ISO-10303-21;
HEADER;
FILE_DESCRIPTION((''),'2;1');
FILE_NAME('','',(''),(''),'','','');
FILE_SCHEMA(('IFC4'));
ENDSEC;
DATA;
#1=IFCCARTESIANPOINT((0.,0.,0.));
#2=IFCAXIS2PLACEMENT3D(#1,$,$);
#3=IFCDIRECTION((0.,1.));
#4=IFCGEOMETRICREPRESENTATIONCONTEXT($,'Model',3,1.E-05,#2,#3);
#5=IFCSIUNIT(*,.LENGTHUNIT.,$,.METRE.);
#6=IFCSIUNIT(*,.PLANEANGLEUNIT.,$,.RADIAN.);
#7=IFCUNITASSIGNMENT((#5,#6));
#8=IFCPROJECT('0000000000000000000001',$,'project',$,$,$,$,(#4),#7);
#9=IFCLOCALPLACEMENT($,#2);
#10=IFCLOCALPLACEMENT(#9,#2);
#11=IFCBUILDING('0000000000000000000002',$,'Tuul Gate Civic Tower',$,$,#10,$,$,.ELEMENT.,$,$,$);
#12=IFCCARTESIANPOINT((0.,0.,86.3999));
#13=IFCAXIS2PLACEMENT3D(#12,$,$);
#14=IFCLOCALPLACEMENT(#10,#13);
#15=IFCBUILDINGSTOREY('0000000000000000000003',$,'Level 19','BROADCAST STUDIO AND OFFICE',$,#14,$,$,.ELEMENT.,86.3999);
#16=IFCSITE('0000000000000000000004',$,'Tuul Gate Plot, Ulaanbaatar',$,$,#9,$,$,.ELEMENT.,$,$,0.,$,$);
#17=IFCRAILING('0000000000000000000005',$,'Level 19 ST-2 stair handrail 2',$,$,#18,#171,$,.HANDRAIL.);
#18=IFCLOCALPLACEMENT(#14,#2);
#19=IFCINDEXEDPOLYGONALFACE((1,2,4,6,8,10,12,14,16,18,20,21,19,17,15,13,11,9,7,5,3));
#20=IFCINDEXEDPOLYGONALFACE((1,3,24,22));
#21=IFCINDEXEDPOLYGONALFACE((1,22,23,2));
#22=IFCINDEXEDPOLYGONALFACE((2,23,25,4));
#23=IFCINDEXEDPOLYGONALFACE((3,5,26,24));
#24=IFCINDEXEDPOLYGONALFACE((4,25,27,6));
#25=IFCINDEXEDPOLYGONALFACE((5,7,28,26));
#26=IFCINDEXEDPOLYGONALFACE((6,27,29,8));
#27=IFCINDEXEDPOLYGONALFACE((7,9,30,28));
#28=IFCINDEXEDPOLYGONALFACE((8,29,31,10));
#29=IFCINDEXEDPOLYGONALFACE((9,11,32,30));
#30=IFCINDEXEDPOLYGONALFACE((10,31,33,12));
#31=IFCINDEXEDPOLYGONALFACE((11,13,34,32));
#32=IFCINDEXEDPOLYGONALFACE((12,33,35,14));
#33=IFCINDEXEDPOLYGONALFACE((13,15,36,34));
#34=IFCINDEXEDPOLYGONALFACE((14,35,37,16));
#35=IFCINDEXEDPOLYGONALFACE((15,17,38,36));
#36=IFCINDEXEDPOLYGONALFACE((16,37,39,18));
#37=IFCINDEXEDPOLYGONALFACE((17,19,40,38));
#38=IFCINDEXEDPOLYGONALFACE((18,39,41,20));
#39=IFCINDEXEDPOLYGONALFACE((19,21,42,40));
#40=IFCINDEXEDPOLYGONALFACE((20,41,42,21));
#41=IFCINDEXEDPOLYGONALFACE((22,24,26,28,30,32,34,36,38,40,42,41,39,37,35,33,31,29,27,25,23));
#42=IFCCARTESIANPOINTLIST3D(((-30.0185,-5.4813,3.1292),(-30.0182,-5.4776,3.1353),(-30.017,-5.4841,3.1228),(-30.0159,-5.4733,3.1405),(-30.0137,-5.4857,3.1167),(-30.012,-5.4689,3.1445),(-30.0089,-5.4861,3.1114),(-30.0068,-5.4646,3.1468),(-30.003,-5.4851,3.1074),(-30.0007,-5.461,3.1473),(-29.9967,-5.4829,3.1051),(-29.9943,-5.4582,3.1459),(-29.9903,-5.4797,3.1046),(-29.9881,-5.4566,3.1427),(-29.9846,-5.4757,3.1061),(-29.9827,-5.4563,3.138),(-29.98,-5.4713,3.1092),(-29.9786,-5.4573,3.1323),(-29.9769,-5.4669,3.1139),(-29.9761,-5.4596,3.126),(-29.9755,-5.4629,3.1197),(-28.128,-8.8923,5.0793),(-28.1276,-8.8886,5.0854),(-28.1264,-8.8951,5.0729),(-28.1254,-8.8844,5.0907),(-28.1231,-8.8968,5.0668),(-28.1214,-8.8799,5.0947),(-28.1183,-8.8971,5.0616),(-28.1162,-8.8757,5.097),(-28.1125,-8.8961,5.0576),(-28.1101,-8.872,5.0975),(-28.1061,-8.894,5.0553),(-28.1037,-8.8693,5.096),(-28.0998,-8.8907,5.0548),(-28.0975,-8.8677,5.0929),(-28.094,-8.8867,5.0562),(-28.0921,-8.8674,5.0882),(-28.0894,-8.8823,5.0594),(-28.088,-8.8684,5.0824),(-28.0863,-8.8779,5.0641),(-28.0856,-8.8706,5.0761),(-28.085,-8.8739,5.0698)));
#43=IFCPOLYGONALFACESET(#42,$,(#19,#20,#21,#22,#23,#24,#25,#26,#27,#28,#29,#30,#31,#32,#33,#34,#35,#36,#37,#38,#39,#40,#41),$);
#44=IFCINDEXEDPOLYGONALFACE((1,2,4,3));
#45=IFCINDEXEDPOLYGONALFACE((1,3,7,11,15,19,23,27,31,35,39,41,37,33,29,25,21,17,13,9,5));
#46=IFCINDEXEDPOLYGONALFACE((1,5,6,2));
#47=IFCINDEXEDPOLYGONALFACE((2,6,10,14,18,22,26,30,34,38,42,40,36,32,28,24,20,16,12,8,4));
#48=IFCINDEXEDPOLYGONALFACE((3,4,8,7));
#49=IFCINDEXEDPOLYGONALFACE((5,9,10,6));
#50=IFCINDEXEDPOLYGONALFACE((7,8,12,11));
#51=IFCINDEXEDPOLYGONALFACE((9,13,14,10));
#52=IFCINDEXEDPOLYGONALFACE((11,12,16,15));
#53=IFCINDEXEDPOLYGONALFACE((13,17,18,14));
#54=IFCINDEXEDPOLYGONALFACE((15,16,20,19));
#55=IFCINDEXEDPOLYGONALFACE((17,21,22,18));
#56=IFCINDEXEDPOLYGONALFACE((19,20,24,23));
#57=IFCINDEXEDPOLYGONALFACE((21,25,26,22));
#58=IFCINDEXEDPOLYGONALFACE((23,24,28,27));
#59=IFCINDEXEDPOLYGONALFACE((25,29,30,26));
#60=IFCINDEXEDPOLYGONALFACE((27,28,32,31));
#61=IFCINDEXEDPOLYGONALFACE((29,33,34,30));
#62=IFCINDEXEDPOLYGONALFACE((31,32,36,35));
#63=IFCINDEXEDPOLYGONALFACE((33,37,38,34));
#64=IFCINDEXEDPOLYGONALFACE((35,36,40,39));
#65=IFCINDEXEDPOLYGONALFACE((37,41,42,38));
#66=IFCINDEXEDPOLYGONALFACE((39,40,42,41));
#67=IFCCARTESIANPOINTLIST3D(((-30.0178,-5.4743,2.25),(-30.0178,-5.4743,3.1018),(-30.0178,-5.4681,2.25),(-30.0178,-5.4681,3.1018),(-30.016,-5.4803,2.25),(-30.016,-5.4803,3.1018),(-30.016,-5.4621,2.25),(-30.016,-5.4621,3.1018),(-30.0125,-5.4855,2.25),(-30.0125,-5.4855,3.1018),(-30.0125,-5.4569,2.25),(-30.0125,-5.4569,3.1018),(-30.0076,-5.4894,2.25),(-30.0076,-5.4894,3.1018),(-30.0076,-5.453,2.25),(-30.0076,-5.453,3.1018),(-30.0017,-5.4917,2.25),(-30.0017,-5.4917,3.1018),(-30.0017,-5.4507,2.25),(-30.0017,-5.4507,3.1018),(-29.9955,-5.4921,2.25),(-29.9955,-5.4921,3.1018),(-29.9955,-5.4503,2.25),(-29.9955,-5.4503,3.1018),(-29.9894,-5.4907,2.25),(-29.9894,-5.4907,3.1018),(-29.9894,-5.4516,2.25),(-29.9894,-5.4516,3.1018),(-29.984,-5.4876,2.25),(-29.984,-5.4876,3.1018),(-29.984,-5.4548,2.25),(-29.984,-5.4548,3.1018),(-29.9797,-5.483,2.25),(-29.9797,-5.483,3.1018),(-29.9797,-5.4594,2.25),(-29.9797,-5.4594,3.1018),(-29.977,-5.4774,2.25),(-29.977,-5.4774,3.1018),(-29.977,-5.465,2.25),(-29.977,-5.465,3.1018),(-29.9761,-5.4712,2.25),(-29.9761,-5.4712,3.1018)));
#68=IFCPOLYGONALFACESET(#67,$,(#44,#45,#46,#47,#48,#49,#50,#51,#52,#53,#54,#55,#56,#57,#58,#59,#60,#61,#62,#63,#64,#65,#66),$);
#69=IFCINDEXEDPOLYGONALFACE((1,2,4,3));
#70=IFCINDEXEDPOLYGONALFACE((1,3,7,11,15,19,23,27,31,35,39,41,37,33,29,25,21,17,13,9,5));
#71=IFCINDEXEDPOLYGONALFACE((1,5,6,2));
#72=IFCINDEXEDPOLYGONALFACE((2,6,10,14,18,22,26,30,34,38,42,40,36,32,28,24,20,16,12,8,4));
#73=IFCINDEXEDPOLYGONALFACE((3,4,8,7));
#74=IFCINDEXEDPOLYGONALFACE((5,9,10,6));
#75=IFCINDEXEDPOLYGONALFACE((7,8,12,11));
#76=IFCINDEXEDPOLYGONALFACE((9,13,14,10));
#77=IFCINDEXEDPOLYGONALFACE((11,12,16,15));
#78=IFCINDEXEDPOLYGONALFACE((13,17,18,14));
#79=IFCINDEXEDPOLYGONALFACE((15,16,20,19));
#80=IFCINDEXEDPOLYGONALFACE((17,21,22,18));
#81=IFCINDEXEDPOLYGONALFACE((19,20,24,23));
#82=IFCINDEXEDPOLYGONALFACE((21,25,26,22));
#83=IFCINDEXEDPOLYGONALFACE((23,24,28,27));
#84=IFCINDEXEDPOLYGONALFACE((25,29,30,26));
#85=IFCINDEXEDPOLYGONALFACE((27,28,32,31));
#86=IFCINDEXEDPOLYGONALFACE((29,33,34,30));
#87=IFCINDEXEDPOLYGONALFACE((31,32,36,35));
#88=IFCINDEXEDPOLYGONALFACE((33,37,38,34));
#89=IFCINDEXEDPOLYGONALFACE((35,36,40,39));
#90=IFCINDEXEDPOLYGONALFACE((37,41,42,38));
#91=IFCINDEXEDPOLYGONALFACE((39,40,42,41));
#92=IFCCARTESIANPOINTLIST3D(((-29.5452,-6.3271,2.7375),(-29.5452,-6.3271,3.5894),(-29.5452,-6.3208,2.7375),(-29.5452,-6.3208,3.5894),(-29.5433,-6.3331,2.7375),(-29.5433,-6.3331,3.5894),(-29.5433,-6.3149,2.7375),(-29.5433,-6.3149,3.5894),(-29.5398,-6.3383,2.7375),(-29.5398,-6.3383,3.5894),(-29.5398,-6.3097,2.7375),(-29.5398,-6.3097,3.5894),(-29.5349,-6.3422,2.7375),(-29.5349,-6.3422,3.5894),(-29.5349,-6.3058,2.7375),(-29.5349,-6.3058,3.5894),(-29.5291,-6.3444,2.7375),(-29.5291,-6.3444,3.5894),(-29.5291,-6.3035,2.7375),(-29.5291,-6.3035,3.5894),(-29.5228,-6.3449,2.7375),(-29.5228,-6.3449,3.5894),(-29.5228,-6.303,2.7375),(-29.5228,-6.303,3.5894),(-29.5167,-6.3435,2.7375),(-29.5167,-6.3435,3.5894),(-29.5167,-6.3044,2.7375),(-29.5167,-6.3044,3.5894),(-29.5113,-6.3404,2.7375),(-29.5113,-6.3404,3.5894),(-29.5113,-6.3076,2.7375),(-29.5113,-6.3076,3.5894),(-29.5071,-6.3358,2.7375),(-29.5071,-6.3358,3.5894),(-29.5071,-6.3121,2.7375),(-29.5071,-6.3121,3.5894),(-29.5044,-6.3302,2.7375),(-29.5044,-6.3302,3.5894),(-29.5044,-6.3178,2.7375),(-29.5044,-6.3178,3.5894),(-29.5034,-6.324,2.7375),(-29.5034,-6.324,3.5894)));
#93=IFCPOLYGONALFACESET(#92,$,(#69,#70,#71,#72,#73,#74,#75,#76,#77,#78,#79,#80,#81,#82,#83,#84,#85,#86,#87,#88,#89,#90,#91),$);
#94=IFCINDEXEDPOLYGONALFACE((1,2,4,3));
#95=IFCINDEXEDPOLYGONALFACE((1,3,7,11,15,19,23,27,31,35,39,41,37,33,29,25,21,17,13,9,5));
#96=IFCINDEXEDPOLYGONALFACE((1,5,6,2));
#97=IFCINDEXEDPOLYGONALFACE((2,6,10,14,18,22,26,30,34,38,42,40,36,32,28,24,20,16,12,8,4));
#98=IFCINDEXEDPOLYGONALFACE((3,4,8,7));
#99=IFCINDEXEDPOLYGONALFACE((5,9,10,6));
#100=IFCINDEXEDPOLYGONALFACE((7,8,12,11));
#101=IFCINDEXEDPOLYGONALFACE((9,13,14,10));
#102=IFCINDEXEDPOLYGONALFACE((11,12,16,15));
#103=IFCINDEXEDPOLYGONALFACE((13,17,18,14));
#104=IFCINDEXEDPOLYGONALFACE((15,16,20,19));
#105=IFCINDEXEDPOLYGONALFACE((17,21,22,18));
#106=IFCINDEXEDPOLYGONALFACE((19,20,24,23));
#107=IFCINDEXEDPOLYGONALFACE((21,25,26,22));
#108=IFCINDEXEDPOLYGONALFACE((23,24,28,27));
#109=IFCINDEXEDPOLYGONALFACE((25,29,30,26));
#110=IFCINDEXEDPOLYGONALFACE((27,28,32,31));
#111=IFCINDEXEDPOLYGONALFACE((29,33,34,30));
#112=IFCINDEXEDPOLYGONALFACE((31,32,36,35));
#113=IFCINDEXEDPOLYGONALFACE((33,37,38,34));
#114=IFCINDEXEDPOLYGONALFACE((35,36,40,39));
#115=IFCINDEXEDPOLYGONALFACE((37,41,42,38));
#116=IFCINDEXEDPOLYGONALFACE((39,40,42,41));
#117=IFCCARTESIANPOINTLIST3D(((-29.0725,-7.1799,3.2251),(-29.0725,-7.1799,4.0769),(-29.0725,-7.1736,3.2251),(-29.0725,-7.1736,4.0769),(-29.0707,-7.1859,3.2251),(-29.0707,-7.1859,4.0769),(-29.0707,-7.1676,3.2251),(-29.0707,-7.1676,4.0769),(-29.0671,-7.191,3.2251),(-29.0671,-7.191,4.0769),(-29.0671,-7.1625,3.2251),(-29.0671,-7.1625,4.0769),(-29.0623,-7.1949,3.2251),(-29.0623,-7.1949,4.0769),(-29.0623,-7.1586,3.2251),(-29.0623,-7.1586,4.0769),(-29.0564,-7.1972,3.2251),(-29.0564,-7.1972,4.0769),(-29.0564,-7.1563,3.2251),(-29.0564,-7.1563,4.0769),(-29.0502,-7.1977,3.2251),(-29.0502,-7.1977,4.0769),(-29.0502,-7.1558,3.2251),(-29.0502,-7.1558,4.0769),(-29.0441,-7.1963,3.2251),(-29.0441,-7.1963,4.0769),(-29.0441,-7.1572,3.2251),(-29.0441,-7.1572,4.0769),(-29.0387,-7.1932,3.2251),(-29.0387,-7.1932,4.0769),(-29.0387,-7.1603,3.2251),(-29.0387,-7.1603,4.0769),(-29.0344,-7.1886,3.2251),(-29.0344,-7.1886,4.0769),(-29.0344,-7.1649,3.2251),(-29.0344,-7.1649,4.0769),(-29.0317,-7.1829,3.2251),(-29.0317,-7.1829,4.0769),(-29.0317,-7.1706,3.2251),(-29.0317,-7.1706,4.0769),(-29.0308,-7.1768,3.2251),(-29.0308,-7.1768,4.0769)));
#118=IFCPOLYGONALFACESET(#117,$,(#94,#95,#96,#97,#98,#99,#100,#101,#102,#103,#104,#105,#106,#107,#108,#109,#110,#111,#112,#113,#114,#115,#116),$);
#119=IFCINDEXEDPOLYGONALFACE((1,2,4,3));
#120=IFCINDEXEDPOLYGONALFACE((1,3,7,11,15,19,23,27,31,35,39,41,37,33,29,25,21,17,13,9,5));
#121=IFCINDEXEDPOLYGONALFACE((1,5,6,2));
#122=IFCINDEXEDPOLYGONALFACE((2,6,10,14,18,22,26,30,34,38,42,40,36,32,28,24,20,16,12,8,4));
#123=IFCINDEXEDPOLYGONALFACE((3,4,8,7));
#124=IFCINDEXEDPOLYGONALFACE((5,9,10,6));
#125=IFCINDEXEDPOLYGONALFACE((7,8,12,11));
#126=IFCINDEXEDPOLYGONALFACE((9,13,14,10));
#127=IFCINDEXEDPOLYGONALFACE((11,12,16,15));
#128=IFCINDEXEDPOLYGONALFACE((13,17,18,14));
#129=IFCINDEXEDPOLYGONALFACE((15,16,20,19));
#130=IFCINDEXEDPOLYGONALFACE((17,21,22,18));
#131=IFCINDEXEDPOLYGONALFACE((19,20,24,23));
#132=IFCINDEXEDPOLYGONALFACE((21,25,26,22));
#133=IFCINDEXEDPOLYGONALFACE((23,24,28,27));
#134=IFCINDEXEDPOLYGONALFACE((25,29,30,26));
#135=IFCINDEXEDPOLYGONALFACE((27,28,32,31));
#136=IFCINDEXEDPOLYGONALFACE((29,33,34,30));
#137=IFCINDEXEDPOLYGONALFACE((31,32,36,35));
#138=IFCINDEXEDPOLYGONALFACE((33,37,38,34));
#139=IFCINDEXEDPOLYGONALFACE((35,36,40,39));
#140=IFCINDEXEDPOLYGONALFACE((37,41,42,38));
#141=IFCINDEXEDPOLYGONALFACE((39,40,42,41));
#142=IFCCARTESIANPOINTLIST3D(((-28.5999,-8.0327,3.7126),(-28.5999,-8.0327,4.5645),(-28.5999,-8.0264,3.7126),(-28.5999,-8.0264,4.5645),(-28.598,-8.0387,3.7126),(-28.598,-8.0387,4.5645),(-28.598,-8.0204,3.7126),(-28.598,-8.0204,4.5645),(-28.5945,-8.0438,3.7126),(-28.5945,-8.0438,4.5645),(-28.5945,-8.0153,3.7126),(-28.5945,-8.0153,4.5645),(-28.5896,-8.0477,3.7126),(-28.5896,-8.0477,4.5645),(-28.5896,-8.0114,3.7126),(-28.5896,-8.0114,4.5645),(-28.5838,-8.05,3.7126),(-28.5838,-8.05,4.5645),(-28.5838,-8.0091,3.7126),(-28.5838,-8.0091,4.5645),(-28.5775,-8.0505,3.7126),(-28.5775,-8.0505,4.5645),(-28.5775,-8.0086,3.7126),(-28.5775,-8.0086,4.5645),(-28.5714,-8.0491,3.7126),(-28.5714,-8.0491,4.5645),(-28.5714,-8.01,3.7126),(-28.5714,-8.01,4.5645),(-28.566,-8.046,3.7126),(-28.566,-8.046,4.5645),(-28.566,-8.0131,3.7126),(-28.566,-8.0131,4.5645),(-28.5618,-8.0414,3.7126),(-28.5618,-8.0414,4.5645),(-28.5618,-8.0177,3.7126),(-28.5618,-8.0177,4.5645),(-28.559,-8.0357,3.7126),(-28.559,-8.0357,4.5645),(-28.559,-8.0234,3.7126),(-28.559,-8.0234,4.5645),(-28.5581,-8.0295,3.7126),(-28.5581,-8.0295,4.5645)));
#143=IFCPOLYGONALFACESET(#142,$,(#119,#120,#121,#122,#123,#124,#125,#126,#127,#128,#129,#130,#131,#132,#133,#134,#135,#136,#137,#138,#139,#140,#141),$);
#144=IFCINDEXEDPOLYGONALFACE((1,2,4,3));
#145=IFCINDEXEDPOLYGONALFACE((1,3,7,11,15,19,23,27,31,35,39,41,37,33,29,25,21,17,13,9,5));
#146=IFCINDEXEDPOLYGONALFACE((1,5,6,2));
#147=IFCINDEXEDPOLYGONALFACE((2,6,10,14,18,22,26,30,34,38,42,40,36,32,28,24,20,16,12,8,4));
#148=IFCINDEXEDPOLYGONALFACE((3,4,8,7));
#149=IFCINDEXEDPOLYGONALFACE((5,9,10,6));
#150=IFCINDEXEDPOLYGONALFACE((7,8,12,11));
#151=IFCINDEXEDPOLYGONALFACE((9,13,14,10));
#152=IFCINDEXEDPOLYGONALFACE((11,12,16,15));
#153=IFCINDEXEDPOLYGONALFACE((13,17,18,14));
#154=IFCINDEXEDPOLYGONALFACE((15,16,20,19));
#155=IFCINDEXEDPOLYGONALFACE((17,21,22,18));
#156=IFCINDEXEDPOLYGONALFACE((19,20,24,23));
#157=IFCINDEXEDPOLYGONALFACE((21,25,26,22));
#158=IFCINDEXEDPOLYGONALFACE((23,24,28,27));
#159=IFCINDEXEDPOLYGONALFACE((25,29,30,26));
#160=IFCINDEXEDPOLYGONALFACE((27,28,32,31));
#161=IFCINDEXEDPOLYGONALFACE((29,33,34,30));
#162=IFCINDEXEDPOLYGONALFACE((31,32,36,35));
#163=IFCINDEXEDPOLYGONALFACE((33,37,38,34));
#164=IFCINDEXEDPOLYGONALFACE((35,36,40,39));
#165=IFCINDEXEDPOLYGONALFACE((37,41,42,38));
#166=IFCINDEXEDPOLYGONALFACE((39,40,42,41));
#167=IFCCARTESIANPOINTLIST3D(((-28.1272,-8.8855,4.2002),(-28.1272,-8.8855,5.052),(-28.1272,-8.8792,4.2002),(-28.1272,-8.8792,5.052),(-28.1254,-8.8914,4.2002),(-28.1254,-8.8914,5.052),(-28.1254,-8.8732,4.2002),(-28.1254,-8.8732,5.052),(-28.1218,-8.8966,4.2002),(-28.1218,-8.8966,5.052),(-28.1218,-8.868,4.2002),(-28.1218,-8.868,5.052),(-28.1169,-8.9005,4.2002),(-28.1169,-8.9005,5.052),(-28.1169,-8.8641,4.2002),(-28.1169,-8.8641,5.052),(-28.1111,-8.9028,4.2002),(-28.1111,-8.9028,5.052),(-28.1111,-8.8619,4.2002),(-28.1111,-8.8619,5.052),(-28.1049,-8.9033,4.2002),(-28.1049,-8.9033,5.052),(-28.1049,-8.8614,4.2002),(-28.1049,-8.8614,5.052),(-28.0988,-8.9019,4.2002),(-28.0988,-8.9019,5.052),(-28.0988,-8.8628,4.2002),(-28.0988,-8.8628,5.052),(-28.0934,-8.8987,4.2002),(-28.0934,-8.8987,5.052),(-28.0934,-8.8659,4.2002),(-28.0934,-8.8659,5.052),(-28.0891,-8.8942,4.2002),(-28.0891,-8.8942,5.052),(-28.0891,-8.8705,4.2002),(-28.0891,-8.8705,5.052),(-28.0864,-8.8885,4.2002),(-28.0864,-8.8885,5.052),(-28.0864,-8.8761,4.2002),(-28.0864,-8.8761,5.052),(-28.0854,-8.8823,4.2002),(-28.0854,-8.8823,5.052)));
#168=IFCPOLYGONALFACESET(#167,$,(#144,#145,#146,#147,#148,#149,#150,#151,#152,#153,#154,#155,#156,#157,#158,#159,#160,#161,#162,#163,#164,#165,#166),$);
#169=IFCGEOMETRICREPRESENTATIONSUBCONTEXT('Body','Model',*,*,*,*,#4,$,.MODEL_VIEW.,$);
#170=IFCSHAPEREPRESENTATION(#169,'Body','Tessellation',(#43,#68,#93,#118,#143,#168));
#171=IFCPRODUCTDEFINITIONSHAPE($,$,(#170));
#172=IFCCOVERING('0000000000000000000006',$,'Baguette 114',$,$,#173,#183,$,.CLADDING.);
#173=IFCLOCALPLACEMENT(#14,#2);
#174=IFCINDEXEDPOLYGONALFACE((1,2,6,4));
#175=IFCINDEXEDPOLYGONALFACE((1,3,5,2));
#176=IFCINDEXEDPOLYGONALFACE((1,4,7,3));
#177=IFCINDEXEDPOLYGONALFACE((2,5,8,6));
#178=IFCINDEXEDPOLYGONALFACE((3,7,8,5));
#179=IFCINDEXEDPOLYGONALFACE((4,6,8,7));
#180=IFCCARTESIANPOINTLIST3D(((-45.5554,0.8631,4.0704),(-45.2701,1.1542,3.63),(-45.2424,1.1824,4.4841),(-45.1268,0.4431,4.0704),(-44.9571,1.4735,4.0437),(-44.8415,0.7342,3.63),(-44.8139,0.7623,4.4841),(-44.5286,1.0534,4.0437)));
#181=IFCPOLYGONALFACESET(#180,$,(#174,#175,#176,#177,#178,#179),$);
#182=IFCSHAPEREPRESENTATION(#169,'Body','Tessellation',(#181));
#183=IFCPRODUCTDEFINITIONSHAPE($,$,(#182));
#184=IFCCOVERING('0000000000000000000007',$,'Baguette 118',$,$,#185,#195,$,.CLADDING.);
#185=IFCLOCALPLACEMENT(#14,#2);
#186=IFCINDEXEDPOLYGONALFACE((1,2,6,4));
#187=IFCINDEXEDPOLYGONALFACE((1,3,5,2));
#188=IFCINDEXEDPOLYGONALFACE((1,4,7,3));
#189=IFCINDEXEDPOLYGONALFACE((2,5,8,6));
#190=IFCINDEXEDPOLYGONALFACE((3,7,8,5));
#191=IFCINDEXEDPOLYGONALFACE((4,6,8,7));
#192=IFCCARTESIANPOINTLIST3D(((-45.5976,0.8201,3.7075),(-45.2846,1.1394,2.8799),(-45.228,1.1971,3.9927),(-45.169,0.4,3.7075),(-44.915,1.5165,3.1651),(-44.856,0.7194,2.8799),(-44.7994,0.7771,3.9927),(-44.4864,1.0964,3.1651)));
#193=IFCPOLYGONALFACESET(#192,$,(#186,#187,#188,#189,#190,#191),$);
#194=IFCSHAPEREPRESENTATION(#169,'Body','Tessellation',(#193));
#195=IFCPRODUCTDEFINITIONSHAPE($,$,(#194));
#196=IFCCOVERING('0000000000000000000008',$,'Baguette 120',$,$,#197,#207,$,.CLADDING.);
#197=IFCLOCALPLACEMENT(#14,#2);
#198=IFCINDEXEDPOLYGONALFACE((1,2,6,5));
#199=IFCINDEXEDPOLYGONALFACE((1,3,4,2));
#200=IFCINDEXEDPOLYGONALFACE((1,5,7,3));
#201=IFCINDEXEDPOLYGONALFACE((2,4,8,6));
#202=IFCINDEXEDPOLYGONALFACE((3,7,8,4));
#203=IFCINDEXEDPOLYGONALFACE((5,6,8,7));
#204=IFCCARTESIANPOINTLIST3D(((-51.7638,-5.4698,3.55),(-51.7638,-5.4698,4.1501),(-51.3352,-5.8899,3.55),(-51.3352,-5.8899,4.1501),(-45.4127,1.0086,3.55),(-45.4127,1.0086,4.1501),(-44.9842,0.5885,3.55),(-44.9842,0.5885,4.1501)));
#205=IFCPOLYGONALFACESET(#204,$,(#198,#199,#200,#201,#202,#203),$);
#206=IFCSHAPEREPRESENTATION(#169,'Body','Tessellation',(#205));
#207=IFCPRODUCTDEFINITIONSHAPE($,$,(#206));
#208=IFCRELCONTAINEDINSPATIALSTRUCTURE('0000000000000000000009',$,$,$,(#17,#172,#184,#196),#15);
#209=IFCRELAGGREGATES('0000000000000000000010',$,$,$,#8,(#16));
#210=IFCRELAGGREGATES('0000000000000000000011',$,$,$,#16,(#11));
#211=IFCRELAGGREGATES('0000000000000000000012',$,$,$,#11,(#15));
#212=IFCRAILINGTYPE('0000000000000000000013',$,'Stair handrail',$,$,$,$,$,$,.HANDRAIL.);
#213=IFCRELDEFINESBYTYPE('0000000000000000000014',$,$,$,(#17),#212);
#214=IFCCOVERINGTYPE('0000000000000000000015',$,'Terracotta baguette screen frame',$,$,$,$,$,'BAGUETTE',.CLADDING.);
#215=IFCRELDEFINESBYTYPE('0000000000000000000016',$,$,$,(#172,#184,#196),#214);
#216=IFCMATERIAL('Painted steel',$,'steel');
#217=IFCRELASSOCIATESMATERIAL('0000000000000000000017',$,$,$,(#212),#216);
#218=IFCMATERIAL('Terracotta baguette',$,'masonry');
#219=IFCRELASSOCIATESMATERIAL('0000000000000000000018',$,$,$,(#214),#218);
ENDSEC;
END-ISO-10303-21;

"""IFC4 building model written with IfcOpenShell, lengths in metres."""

from ifc_helpers import new_model, si_unit, direction, frame, origin, origin_2d, place, context, subcontext, project, spatial, rectangle, circle, extrude, material, material_profile, profile_set, type_object, element, save


model = new_model("IFC4")

# Units and contexts
model_context = context("Model", 3, precision=1e-05, world=origin(), true_north=direction((0.0, 1.0)))
body_context = subcontext(model_context, "Body", "Model", "MODEL_VIEW")
ifc_project = project(units=[si_unit("LENGTHUNIT", "METRE"), si_unit("PLANEANGLEUNIT", "RADIAN")], contexts=[model_context])

# Site, building, storey
site_placement = place(None, origin())
site = spatial("IfcSite", under=ifc_project, at=site_placement, Name="Tuul Gate Plot, Ulaanbaatar", CompositionType="ELEMENT", RefElevation=0.0)
building_placement = place(site_placement, origin())
building = spatial("IfcBuilding", under=site, at=building_placement, Name="Tuul Gate Civic Tower", CompositionType="ELEMENT")
storey_placement = place(building_placement, frame((0.0, 0.0, 86.3999)))
storey = spatial("IfcBuildingStorey", under=building, at=storey_placement, Name="Level 19", Description="BROADCAST STUDIO AND OFFICE", CompositionType="ELEMENT", Elevation=86.3999)

# Railing
ifc_material_1 = material(Name="Painted steel", Category="steel")
railing_type = type_object("IfcRailingType", Name="Stair handrail", PredefinedType="HANDRAIL", material=ifc_material_1)
railing_placement = place(storey_placement, frame((-29.9971, -5.4712, 2.25)))
element("IfcRailing", 1, at=railing_placement, inside=storey, type_object=railing_type, Name="Level 19 ST-2 stair handrail 2", PredefinedType="HANDRAIL", context=body_context, shape_type="SweptSolid", body=[
    extrude(circle(Radius=0.0239, at=origin_2d()), frame((0.0, 0.0, 0.876), z_axis=(0.433585, -0.782289, 0.447246), x_axis=(0.874641, 0.484771, 0.0)), (0.0, 0.0, 1.0), 4.3604),
    extrude(circle(Radius=0.021, at=origin_2d()), origin(), (0.0, 0.0, 1.0), 0.8518),
    extrude(circle(Radius=0.021, at=origin_2d()), frame((0.4727, -0.8528, 0.4875)), (0.0, 0.0, 1.0), 0.8518),
    extrude(circle(Radius=0.021, at=origin_2d()), frame((0.9453, -1.7056, 0.9751)), (0.0, 0.0, 1.0), 0.8518),
    extrude(circle(Radius=0.021, at=origin_2d()), frame((1.418, -2.5583, 1.4626)), (0.0, 0.0, 1.0), 0.8518),
    extrude(circle(Radius=0.021, at=origin_2d()), frame((1.8906, -3.4111, 1.9502)), (0.0, 0.0, 1.0), 0.8518),
])

# Coverings
ifc_material_2 = material(Name="Terracotta baguette", Category="masonry")
ifc_material_profile_1 = material_profile(ifc_material_2, rectangle(XDim=0.6001, YDim=0.6001, at=origin_2d()), Name="Terracotta baguette screen frame")
ifc_profile_set_1 = profile_set([ifc_material_profile_1], Name="Terracotta baguette")
covering_type = type_object("IfcCoveringType", Name="Terracotta baguette screen frame", ElementType="BAGUETTE", PredefinedType="CLADDING", material=ifc_profile_set_1)
covering_1_placement = place(storey_placement, frame((-44.8855, 1.1179, 4.2639), z_axis=(-0.513729, -0.524148, -0.679228), x_axis=(0.714169, -0.699973, 0.0)))
element("IfcCovering", 2, at=covering_1_placement, inside=storey, type_object=covering_type, Name="Baguette 114", PredefinedType="CLADDING", context=body_context, shape_type="SweptSolid", body=[
    extrude(rectangle(XDim=0.6001, YDim=0.6001, at=origin_2d()), origin(), (0.0, 0.0, 1.0), 0.6091),
])
covering_2_placement = place(storey_placement, frame((-45.1985, 0.7986, 3.8501), z_axis=(0.332718, 0.339466, -0.879808), x_axis=(-0.714169, 0.699973, 0.0)))
element("IfcCovering", 3, at=covering_2_placement, inside=storey, type_object=covering_type, Name="Baguette 118", PredefinedType="CLADDING", context=body_context, shape_type="SweptSolid", body=[
    extrude(rectangle(XDim=0.6001, YDim=0.6001, at=origin_2d()), origin(), (0.0, 0.0, 1.0), 0.9407),
])
covering_3_placement = place(storey_placement, frame((-45.1985, 0.7986, 3.8501), z_axis=(-0.700048, -0.714096, 0.0), x_axis=(0.714096, -0.700048, 0.0)))
element("IfcCovering", 4, at=covering_3_placement, inside=storey, type_object=covering_type, Name="Baguette 120", PredefinedType="CLADDING", context=body_context, shape_type="SweptSolid", body=[
    extrude(rectangle(XDim=0.6001, YDim=0.6001, at=origin_2d()), origin(), (0.0, 0.0, 1.0), 9.0723),
])

save(model, "model.ifc")
